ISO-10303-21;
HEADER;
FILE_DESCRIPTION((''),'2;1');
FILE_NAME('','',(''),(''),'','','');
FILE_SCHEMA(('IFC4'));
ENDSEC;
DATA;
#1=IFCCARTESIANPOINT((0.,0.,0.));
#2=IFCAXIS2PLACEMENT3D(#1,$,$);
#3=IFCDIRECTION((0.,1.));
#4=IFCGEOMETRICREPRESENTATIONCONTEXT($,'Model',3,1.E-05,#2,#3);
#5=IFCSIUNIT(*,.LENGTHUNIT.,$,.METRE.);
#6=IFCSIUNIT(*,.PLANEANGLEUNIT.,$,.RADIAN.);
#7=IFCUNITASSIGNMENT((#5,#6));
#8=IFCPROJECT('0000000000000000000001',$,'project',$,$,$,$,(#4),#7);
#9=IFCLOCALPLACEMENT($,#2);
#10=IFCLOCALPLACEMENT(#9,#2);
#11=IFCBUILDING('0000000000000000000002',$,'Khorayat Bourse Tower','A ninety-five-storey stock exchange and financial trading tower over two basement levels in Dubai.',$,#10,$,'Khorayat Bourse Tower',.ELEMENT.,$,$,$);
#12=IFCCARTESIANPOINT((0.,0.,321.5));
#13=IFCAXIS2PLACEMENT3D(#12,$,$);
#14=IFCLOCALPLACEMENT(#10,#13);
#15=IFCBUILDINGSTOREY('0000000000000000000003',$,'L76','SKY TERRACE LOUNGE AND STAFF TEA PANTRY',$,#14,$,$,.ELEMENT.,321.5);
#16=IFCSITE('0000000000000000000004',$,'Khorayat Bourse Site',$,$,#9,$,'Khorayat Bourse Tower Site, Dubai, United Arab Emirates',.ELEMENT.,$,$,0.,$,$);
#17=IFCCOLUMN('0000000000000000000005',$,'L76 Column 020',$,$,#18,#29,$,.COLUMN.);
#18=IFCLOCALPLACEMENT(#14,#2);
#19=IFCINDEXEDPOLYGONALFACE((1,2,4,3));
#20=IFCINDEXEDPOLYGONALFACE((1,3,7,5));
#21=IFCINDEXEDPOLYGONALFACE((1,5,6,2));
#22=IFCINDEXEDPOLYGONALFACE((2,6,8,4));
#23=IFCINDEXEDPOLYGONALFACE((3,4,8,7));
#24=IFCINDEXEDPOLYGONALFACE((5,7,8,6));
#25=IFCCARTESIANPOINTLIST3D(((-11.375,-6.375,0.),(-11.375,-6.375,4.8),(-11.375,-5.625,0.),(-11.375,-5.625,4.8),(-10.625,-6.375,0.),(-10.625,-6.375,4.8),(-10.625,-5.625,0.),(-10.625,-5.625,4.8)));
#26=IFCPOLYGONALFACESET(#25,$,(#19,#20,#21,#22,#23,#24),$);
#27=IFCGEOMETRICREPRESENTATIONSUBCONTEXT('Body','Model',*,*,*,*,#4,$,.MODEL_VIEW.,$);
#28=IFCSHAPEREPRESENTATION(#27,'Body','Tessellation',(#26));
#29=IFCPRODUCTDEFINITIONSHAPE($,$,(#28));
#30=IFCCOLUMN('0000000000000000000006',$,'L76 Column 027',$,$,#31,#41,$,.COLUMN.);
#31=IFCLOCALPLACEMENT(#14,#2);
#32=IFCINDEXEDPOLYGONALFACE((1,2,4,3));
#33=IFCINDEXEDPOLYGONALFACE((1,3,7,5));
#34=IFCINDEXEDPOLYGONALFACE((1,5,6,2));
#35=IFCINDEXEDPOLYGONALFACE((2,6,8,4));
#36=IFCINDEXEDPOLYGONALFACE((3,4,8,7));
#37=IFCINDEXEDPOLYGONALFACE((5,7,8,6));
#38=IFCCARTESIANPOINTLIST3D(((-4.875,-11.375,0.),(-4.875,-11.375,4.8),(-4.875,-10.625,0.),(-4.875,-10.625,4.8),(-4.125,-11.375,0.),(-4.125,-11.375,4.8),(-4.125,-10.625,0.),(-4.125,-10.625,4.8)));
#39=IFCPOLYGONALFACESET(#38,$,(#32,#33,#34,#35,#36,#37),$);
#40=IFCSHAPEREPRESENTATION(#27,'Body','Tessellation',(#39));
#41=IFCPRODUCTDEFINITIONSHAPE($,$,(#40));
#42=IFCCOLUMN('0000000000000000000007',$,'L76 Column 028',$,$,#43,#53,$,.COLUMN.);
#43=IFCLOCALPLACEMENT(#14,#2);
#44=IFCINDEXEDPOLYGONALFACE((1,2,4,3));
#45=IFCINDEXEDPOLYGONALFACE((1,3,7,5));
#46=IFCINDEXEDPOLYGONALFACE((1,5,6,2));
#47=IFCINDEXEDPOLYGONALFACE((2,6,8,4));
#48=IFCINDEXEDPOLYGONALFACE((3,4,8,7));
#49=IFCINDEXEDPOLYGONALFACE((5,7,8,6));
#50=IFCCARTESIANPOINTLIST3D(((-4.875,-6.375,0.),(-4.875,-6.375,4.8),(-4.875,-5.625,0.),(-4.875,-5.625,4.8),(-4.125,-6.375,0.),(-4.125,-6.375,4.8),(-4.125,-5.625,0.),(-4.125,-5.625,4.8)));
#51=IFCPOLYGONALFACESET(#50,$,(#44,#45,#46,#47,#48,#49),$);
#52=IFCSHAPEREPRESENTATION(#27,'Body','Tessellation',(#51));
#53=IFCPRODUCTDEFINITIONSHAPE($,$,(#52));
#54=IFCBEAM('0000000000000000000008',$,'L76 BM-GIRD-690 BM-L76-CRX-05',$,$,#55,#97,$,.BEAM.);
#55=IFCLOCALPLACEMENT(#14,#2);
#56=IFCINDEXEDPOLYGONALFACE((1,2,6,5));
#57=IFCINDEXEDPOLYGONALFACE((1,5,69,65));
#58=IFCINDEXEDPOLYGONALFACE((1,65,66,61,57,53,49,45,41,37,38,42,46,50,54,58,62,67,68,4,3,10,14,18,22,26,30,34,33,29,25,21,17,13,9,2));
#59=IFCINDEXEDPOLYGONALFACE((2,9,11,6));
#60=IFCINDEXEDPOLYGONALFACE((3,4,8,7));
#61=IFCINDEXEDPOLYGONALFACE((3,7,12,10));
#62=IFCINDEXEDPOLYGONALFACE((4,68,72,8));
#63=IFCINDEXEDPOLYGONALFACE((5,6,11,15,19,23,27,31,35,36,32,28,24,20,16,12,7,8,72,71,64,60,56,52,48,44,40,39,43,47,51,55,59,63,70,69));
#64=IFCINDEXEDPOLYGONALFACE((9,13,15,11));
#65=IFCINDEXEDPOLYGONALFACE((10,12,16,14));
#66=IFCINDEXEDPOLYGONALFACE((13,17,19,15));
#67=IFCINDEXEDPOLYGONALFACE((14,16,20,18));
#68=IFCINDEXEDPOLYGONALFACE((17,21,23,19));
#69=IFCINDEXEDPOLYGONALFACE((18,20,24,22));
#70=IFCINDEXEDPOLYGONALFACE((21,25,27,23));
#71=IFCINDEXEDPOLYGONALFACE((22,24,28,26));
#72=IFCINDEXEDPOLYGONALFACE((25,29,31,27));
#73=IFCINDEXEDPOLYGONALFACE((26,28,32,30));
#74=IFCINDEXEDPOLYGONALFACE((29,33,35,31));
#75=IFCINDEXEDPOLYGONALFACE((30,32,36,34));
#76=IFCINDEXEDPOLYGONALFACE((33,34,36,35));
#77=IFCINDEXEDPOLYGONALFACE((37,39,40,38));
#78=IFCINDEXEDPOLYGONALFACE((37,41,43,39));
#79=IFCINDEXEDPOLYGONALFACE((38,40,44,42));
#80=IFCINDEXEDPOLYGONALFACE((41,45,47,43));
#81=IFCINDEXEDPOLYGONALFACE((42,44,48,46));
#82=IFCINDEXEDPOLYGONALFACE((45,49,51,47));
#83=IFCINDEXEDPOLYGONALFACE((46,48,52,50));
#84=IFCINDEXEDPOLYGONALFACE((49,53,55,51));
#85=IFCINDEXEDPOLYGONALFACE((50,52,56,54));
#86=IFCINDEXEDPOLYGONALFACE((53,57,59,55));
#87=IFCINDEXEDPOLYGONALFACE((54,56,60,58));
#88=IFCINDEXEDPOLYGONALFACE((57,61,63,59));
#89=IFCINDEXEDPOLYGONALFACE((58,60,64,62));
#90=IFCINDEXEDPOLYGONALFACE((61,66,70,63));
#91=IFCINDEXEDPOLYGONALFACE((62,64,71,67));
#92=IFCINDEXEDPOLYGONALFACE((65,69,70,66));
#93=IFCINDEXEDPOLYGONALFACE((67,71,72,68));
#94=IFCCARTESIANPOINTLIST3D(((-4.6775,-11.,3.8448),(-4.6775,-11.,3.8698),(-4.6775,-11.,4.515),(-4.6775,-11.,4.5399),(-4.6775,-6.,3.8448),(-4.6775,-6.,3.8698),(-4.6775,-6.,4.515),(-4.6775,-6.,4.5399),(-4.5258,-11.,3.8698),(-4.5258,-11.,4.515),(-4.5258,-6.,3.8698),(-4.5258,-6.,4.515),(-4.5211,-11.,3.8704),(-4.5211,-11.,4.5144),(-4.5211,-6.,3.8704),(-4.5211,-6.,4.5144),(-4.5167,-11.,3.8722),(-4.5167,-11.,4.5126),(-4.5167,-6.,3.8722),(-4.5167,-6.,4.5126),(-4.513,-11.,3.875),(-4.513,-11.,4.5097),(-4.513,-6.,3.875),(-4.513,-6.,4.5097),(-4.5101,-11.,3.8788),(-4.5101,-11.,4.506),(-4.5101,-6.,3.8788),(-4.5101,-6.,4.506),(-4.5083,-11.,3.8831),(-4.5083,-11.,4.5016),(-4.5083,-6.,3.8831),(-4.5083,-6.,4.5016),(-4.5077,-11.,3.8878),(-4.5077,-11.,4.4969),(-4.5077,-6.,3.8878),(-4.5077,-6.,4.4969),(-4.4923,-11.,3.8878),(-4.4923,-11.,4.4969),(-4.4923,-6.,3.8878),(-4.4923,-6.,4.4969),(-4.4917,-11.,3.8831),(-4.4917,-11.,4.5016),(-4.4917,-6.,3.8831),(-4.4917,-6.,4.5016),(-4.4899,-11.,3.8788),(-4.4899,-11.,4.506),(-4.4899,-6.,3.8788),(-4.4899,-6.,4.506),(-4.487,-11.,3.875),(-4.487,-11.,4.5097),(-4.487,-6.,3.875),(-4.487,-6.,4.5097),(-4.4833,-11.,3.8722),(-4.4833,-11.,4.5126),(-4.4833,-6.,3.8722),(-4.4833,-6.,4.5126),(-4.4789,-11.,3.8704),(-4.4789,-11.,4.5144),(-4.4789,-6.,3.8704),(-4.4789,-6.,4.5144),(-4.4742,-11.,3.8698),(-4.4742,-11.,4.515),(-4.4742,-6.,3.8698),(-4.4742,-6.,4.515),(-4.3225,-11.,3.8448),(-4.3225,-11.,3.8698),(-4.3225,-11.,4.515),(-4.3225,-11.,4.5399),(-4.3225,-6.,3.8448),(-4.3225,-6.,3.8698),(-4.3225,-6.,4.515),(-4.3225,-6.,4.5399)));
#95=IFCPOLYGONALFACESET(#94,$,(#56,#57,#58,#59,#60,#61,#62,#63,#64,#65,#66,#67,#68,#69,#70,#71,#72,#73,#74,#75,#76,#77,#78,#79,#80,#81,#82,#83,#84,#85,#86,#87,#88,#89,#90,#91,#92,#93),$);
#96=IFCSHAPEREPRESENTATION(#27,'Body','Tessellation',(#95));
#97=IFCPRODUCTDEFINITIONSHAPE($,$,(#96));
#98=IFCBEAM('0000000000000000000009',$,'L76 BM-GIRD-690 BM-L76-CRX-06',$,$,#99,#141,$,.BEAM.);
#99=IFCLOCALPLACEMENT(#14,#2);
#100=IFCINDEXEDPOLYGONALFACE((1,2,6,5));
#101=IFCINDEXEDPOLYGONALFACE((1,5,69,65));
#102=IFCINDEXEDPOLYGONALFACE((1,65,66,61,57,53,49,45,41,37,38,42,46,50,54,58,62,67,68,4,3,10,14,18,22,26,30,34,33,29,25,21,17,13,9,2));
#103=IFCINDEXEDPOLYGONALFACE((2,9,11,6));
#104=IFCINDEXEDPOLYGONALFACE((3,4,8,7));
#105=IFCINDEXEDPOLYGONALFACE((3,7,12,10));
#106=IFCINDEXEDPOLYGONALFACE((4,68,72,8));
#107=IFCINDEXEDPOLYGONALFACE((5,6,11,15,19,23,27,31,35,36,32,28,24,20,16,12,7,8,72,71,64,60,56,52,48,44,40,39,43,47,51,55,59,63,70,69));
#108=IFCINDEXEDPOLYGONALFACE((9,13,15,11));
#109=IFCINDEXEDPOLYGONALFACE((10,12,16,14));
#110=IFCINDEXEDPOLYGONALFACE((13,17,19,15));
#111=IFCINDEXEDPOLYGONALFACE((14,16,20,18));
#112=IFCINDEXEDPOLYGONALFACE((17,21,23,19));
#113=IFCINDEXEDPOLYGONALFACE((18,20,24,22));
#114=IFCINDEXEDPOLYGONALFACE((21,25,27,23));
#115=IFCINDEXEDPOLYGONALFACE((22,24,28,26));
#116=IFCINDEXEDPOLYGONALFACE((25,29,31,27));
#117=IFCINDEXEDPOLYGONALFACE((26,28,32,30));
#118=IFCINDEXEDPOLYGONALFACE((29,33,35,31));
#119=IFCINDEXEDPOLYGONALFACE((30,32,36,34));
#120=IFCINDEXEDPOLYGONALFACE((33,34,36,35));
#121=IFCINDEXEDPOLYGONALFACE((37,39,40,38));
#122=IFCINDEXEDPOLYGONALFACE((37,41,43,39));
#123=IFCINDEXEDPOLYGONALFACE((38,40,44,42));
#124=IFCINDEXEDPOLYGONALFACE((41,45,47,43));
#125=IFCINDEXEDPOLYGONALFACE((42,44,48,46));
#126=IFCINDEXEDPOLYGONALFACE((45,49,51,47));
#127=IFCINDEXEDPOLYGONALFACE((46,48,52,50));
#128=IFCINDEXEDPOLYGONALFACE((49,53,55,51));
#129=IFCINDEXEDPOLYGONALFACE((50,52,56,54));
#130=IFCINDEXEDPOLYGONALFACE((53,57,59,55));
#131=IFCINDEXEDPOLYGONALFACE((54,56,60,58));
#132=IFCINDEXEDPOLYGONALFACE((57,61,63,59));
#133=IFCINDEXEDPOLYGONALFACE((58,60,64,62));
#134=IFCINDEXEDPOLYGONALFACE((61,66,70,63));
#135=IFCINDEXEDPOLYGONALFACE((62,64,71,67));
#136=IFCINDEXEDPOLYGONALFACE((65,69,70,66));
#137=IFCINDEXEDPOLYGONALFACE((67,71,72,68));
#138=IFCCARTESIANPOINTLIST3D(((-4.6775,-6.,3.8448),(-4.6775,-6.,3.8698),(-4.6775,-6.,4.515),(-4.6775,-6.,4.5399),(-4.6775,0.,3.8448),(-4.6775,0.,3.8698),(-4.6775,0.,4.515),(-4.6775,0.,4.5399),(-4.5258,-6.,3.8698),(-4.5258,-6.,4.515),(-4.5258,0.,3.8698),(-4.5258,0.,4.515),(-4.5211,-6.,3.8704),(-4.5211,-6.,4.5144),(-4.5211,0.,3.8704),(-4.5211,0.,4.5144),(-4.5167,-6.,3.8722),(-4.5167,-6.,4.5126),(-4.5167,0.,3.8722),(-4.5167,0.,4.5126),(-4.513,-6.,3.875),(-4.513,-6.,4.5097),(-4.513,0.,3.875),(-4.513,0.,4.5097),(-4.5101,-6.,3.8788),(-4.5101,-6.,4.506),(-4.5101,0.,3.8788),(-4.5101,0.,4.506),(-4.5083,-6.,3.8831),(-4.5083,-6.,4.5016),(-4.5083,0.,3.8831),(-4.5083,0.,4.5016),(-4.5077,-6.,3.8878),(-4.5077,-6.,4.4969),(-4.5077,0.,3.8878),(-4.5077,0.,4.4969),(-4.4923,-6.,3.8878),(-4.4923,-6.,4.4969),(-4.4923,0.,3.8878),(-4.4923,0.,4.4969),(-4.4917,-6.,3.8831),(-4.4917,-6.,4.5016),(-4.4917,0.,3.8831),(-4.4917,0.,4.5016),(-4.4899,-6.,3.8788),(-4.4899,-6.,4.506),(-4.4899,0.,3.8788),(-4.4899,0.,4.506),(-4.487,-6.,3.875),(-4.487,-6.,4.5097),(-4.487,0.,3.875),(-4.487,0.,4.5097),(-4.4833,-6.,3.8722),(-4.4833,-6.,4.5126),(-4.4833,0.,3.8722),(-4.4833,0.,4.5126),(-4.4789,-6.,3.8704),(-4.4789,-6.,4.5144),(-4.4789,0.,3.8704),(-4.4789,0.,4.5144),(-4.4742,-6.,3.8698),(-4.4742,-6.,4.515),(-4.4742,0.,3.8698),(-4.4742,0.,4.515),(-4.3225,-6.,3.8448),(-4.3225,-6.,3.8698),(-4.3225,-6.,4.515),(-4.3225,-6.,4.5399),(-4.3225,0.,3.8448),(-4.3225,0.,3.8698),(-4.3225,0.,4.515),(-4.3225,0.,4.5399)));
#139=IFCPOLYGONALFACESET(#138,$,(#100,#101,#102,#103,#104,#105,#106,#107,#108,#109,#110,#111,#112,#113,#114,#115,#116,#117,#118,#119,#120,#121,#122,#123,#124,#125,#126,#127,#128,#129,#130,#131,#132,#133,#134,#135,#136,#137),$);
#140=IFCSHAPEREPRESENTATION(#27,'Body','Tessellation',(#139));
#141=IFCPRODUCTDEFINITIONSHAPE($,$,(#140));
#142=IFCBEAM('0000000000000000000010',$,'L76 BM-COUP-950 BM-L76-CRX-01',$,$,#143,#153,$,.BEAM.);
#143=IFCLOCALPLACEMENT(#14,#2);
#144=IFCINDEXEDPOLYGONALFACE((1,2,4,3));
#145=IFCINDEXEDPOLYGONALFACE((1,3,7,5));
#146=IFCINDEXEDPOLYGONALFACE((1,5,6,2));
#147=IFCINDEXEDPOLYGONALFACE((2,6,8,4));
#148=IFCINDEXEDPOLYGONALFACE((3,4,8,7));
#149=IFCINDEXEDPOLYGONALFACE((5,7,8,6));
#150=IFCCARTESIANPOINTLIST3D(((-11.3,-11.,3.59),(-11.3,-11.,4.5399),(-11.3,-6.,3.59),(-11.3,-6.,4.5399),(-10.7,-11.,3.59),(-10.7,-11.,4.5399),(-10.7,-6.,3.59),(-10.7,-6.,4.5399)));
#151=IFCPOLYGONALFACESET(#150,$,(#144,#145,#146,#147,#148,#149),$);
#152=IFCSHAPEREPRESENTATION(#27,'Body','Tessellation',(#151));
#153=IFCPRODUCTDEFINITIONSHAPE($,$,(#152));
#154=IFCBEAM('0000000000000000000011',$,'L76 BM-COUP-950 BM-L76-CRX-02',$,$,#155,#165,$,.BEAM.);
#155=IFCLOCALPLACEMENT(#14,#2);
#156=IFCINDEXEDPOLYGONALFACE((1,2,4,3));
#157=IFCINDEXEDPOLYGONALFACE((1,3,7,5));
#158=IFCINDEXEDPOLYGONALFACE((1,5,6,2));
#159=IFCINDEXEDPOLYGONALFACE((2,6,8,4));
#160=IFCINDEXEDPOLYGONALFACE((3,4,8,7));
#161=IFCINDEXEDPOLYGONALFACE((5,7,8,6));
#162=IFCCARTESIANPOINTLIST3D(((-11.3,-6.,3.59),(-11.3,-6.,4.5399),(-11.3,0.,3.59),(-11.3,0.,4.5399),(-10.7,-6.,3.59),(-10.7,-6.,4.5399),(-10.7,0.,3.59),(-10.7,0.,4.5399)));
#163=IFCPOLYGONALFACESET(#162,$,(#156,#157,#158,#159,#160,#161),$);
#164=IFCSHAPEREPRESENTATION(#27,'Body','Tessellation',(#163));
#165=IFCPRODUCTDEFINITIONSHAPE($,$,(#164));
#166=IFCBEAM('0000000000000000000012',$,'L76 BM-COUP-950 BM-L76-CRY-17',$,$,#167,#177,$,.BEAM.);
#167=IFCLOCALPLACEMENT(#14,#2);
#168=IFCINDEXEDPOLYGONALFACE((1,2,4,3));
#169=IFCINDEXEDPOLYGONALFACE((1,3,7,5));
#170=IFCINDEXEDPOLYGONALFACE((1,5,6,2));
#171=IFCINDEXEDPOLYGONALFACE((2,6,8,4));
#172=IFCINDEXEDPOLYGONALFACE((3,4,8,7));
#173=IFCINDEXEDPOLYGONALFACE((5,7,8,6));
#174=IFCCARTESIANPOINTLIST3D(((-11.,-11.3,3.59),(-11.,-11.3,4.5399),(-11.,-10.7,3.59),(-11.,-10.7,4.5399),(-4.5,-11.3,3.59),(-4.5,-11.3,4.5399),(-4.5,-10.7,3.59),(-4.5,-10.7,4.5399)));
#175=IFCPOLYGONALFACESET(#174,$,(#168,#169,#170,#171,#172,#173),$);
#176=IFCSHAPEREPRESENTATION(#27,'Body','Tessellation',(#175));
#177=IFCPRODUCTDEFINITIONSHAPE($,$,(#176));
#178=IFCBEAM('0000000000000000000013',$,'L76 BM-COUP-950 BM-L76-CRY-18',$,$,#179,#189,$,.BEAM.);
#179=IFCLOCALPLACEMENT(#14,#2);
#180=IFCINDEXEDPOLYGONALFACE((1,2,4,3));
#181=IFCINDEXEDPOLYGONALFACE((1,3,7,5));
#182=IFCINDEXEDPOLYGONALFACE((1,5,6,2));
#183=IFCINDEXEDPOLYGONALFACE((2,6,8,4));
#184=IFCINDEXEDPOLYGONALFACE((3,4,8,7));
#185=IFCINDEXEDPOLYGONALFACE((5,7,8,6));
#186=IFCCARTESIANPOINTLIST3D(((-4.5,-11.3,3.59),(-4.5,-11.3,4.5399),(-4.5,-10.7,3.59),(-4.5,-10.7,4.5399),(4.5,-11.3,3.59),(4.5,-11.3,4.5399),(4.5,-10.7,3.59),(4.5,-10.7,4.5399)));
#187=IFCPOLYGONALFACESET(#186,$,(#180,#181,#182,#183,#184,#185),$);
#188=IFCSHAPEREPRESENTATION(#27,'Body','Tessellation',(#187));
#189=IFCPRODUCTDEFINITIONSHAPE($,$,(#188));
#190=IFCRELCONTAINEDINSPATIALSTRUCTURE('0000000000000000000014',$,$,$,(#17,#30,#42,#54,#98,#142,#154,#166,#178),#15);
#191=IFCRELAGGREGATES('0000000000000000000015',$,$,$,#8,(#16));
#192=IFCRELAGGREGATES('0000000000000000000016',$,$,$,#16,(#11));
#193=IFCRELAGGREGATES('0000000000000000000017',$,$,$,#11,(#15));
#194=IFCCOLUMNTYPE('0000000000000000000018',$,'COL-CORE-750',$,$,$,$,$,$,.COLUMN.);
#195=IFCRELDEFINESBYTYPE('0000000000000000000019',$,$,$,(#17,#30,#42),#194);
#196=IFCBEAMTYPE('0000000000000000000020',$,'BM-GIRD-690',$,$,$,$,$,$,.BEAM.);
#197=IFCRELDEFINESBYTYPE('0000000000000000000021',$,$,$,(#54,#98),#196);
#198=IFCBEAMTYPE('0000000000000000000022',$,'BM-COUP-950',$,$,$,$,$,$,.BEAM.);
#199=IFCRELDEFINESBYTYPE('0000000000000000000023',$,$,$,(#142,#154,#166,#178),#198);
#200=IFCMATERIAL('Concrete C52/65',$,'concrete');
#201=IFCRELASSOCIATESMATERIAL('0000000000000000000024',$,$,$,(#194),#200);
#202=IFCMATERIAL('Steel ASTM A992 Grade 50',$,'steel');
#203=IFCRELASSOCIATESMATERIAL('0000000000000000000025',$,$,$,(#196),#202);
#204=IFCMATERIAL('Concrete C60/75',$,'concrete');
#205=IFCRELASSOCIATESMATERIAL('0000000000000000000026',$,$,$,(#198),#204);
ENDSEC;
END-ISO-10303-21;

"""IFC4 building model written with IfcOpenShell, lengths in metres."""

from ifc_helpers import new_model, si_unit, direction, frame, origin, origin_2d, place, context, subcontext, project, spatial, rectangle, i_section, extrude, source, transform, mapped, material, material_profile, profile_set, type_object, element, save


model = new_model("IFC4")

# Units and contexts
model_context = context("Model", 3, precision=1e-05, world=origin(), true_north=direction((0.0, 1.0)))
body_context = subcontext(model_context, "Body", "Model", "MODEL_VIEW")
ifc_project = project(units=[si_unit("LENGTHUNIT", "METRE"), si_unit("PLANEANGLEUNIT", "RADIAN")], contexts=[model_context])

# Site, building, storey
site_placement = place(None, origin())
site = spatial("IfcSite", under=ifc_project, at=site_placement, Name="Khorayat Bourse Site", LongName="Khorayat Bourse Tower Site, Dubai, United Arab Emirates", CompositionType="ELEMENT", RefElevation=0.0)
building_placement = place(site_placement, origin())
building = spatial("IfcBuilding", under=site, at=building_placement, Name="Khorayat Bourse Tower", Description="A ninety-five-storey stock exchange and financial trading tower over two basement levels in Dubai.", LongName="Khorayat Bourse Tower", CompositionType="ELEMENT")
storey_placement = place(building_placement, frame((0.0, 0.0, 321.5)))
storey = spatial("IfcBuildingStorey", under=building, at=storey_placement, Name="L76", Description="SKY TERRACE LOUNGE AND STAFF TEA PANTRY", CompositionType="ELEMENT", Elevation=321.5)

# Columns
ifc_material_1 = material(Name="Concrete C52/65", Category="concrete")
ifc_material_profile_1 = material_profile(ifc_material_1, rectangle(XDim=0.75, YDim=0.75, at=origin_2d()), Name="RC 750x750")
ifc_profile_set_1 = profile_set([ifc_material_profile_1], Name="Concrete C52/65")
column_type = type_object("IfcColumnType", Name="COL-CORE-750", PredefinedType="COLUMN", material=ifc_profile_set_1)
shared_shape_1 = source(origin(), body_context, "Body", "SweptSolid", [
    extrude(rectangle(XDim=0.75, YDim=0.75, at=origin_2d()), origin(), (0.0, 0.0, 1.0), 4.8),
])
for number, where, z_axis, x_axis, name in (
    (1, (-11.0, -6.0, 0.0), (0.0, 0.0, 1.0), (1.0, 0.0, 0.0), "L76 Column 020"),
    (2, (-4.5, -11.0, 0.0), (0.0, 0.0, 1.0), (1.0, 0.0, 0.0), "L76 Column 027"),
    (3, (-4.5, -6.0, 0.0), (0.0, 0.0, 1.0), (1.0, 0.0, 0.0), "L76 Column 028"),
):
    element("IfcColumn", number, at=place(storey_placement, frame(where, z_axis=z_axis, x_axis=x_axis)), inside=storey, type_object=column_type, Name=name, PredefinedType="COLUMN", context=body_context, shape_type="MappedRepresentation", body=[
        mapped(shared_shape_1, transform((0.0, 0.0, 0.0), scale=1.0)),
    ])

# Beams
ifc_material_2 = material(Name="Steel ASTM A992 Grade 50", Category="steel")
ifc_material_profile_2 = material_profile(ifc_material_2, i_section(OverallWidth=0.355, OverallDepth=0.6951, WebThickness=0.0154, FlangeThickness=0.0249, FilletRadius=0.0181, at=origin_2d()), Name="W690X217")
ifc_profile_set_2 = profile_set([ifc_material_profile_2], Name="Steel ASTM A992 Grade 50")
beam_type_1 = type_object("IfcBeamType", Name="BM-GIRD-690", PredefinedType="BEAM", material=ifc_profile_set_2)
shared_shape_2 = source(origin(), body_context, "Body", "SweptSolid", [
    extrude(i_section(OverallWidth=0.355, OverallDepth=0.6951, WebThickness=0.0154, FlangeThickness=0.0249, FilletRadius=0.0181, at=origin_2d()), origin(), (0.0, 0.0, 1.0), 5.0),
])
beam_1_placement = place(storey_placement, frame((-4.5, -11.0, 4.1924), z_axis=(0.0, 1.0, 0.0), x_axis=(-1.0, 0.0, 0.0)))
element("IfcBeam", 4, at=beam_1_placement, inside=storey, type_object=beam_type_1, Name="L76 BM-GIRD-690 BM-L76-CRX-05", PredefinedType="BEAM", context=body_context, shape_type="MappedRepresentation", body=[
    mapped(shared_shape_2, transform((0.0, 0.0, 0.0), scale=1.0)),
])
shared_shape_3 = source(origin(), body_context, "Body", "SweptSolid", [
    extrude(i_section(OverallWidth=0.355, OverallDepth=0.6951, WebThickness=0.0154, FlangeThickness=0.0249, FilletRadius=0.0181, at=origin_2d()), origin(), (0.0, 0.0, 1.0), 6.0),
])
beam_2_placement = place(storey_placement, frame((-4.5, -6.0, 4.1924), z_axis=(0.0, 1.0, 0.0), x_axis=(-1.0, 0.0, 0.0)))
element("IfcBeam", 5, at=beam_2_placement, inside=storey, type_object=beam_type_1, Name="L76 BM-GIRD-690 BM-L76-CRX-06", PredefinedType="BEAM", context=body_context, shape_type="MappedRepresentation", body=[
    mapped(shared_shape_3, transform((0.0, 0.0, 0.0), scale=1.0)),
])
ifc_material_3 = material(Name="Concrete C60/75", Category="concrete")
ifc_material_profile_3 = material_profile(ifc_material_3, rectangle(XDim=0.6001, YDim=0.95, at=origin_2d()), Name="RC 600x950")
ifc_profile_set_3 = profile_set([ifc_material_profile_3], Name="Concrete C60/75")
beam_type_2 = type_object("IfcBeamType", Name="BM-COUP-950", PredefinedType="BEAM", material=ifc_profile_set_3)
shared_shape_4 = source(origin(), body_context, "Body", "SweptSolid", [
    extrude(rectangle(XDim=0.6001, YDim=0.95, at=origin_2d()), origin(), (0.0, 0.0, 1.0), 5.0),
])
beam_3_placement = place(storey_placement, frame((-11.0, -11.0, 4.0649), z_axis=(0.0, 1.0, 0.0), x_axis=(-1.0, 0.0, 0.0)))
element("IfcBeam", 6, at=beam_3_placement, inside=storey, type_object=beam_type_2, Name="L76 BM-COUP-950 BM-L76-CRX-01", PredefinedType="BEAM", context=body_context, shape_type="MappedRepresentation", body=[
    mapped(shared_shape_4, transform((0.0, 0.0, 0.0), scale=1.0)),
])
shared_shape_5 = source(origin(), body_context, "Body", "SweptSolid", [
    extrude(rectangle(XDim=0.6001, YDim=0.95, at=origin_2d()), origin(), (0.0, 0.0, 1.0), 6.0),
])
beam_4_placement = place(storey_placement, frame((-11.0, -6.0, 4.0649), z_axis=(0.0, 1.0, 0.0), x_axis=(-1.0, 0.0, 0.0)))
element("IfcBeam", 7, at=beam_4_placement, inside=storey, type_object=beam_type_2, Name="L76 BM-COUP-950 BM-L76-CRX-02", PredefinedType="BEAM", context=body_context, shape_type="MappedRepresentation", body=[
    mapped(shared_shape_5, transform((0.0, 0.0, 0.0), scale=1.0)),
])
shared_shape_6 = source(origin(), body_context, "Body", "SweptSolid", [
    extrude(rectangle(XDim=0.6001, YDim=0.95, at=origin_2d()), origin(), (0.0, 0.0, 1.0), 6.5),
])
beam_5_placement = place(storey_placement, frame((-11.0, -11.0, 4.0649), z_axis=(1.0, 0.0, 0.0), x_axis=(0.0, 1.0, 0.0)))
element("IfcBeam", 8, at=beam_5_placement, inside=storey, type_object=beam_type_2, Name="L76 BM-COUP-950 BM-L76-CRY-17", PredefinedType="BEAM", context=body_context, shape_type="MappedRepresentation", body=[
    mapped(shared_shape_6, transform((0.0, 0.0, 0.0), scale=1.0)),
])
shared_shape_7 = source(origin(), body_context, "Body", "SweptSolid", [
    extrude(rectangle(XDim=0.6001, YDim=0.95, at=origin_2d()), origin(), (0.0, 0.0, 1.0), 9.0),
])
beam_6_placement = place(storey_placement, frame((-4.5, -11.0, 4.0649), z_axis=(1.0, 0.0, 0.0), x_axis=(0.0, 1.0, 0.0)))
element("IfcBeam", 9, at=beam_6_placement, inside=storey, type_object=beam_type_2, Name="L76 BM-COUP-950 BM-L76-CRY-18", PredefinedType="BEAM", context=body_context, shape_type="MappedRepresentation", body=[
    mapped(shared_shape_7, transform((0.0, 0.0, 0.0), scale=1.0)),
])

save(model, "model.ifc")
